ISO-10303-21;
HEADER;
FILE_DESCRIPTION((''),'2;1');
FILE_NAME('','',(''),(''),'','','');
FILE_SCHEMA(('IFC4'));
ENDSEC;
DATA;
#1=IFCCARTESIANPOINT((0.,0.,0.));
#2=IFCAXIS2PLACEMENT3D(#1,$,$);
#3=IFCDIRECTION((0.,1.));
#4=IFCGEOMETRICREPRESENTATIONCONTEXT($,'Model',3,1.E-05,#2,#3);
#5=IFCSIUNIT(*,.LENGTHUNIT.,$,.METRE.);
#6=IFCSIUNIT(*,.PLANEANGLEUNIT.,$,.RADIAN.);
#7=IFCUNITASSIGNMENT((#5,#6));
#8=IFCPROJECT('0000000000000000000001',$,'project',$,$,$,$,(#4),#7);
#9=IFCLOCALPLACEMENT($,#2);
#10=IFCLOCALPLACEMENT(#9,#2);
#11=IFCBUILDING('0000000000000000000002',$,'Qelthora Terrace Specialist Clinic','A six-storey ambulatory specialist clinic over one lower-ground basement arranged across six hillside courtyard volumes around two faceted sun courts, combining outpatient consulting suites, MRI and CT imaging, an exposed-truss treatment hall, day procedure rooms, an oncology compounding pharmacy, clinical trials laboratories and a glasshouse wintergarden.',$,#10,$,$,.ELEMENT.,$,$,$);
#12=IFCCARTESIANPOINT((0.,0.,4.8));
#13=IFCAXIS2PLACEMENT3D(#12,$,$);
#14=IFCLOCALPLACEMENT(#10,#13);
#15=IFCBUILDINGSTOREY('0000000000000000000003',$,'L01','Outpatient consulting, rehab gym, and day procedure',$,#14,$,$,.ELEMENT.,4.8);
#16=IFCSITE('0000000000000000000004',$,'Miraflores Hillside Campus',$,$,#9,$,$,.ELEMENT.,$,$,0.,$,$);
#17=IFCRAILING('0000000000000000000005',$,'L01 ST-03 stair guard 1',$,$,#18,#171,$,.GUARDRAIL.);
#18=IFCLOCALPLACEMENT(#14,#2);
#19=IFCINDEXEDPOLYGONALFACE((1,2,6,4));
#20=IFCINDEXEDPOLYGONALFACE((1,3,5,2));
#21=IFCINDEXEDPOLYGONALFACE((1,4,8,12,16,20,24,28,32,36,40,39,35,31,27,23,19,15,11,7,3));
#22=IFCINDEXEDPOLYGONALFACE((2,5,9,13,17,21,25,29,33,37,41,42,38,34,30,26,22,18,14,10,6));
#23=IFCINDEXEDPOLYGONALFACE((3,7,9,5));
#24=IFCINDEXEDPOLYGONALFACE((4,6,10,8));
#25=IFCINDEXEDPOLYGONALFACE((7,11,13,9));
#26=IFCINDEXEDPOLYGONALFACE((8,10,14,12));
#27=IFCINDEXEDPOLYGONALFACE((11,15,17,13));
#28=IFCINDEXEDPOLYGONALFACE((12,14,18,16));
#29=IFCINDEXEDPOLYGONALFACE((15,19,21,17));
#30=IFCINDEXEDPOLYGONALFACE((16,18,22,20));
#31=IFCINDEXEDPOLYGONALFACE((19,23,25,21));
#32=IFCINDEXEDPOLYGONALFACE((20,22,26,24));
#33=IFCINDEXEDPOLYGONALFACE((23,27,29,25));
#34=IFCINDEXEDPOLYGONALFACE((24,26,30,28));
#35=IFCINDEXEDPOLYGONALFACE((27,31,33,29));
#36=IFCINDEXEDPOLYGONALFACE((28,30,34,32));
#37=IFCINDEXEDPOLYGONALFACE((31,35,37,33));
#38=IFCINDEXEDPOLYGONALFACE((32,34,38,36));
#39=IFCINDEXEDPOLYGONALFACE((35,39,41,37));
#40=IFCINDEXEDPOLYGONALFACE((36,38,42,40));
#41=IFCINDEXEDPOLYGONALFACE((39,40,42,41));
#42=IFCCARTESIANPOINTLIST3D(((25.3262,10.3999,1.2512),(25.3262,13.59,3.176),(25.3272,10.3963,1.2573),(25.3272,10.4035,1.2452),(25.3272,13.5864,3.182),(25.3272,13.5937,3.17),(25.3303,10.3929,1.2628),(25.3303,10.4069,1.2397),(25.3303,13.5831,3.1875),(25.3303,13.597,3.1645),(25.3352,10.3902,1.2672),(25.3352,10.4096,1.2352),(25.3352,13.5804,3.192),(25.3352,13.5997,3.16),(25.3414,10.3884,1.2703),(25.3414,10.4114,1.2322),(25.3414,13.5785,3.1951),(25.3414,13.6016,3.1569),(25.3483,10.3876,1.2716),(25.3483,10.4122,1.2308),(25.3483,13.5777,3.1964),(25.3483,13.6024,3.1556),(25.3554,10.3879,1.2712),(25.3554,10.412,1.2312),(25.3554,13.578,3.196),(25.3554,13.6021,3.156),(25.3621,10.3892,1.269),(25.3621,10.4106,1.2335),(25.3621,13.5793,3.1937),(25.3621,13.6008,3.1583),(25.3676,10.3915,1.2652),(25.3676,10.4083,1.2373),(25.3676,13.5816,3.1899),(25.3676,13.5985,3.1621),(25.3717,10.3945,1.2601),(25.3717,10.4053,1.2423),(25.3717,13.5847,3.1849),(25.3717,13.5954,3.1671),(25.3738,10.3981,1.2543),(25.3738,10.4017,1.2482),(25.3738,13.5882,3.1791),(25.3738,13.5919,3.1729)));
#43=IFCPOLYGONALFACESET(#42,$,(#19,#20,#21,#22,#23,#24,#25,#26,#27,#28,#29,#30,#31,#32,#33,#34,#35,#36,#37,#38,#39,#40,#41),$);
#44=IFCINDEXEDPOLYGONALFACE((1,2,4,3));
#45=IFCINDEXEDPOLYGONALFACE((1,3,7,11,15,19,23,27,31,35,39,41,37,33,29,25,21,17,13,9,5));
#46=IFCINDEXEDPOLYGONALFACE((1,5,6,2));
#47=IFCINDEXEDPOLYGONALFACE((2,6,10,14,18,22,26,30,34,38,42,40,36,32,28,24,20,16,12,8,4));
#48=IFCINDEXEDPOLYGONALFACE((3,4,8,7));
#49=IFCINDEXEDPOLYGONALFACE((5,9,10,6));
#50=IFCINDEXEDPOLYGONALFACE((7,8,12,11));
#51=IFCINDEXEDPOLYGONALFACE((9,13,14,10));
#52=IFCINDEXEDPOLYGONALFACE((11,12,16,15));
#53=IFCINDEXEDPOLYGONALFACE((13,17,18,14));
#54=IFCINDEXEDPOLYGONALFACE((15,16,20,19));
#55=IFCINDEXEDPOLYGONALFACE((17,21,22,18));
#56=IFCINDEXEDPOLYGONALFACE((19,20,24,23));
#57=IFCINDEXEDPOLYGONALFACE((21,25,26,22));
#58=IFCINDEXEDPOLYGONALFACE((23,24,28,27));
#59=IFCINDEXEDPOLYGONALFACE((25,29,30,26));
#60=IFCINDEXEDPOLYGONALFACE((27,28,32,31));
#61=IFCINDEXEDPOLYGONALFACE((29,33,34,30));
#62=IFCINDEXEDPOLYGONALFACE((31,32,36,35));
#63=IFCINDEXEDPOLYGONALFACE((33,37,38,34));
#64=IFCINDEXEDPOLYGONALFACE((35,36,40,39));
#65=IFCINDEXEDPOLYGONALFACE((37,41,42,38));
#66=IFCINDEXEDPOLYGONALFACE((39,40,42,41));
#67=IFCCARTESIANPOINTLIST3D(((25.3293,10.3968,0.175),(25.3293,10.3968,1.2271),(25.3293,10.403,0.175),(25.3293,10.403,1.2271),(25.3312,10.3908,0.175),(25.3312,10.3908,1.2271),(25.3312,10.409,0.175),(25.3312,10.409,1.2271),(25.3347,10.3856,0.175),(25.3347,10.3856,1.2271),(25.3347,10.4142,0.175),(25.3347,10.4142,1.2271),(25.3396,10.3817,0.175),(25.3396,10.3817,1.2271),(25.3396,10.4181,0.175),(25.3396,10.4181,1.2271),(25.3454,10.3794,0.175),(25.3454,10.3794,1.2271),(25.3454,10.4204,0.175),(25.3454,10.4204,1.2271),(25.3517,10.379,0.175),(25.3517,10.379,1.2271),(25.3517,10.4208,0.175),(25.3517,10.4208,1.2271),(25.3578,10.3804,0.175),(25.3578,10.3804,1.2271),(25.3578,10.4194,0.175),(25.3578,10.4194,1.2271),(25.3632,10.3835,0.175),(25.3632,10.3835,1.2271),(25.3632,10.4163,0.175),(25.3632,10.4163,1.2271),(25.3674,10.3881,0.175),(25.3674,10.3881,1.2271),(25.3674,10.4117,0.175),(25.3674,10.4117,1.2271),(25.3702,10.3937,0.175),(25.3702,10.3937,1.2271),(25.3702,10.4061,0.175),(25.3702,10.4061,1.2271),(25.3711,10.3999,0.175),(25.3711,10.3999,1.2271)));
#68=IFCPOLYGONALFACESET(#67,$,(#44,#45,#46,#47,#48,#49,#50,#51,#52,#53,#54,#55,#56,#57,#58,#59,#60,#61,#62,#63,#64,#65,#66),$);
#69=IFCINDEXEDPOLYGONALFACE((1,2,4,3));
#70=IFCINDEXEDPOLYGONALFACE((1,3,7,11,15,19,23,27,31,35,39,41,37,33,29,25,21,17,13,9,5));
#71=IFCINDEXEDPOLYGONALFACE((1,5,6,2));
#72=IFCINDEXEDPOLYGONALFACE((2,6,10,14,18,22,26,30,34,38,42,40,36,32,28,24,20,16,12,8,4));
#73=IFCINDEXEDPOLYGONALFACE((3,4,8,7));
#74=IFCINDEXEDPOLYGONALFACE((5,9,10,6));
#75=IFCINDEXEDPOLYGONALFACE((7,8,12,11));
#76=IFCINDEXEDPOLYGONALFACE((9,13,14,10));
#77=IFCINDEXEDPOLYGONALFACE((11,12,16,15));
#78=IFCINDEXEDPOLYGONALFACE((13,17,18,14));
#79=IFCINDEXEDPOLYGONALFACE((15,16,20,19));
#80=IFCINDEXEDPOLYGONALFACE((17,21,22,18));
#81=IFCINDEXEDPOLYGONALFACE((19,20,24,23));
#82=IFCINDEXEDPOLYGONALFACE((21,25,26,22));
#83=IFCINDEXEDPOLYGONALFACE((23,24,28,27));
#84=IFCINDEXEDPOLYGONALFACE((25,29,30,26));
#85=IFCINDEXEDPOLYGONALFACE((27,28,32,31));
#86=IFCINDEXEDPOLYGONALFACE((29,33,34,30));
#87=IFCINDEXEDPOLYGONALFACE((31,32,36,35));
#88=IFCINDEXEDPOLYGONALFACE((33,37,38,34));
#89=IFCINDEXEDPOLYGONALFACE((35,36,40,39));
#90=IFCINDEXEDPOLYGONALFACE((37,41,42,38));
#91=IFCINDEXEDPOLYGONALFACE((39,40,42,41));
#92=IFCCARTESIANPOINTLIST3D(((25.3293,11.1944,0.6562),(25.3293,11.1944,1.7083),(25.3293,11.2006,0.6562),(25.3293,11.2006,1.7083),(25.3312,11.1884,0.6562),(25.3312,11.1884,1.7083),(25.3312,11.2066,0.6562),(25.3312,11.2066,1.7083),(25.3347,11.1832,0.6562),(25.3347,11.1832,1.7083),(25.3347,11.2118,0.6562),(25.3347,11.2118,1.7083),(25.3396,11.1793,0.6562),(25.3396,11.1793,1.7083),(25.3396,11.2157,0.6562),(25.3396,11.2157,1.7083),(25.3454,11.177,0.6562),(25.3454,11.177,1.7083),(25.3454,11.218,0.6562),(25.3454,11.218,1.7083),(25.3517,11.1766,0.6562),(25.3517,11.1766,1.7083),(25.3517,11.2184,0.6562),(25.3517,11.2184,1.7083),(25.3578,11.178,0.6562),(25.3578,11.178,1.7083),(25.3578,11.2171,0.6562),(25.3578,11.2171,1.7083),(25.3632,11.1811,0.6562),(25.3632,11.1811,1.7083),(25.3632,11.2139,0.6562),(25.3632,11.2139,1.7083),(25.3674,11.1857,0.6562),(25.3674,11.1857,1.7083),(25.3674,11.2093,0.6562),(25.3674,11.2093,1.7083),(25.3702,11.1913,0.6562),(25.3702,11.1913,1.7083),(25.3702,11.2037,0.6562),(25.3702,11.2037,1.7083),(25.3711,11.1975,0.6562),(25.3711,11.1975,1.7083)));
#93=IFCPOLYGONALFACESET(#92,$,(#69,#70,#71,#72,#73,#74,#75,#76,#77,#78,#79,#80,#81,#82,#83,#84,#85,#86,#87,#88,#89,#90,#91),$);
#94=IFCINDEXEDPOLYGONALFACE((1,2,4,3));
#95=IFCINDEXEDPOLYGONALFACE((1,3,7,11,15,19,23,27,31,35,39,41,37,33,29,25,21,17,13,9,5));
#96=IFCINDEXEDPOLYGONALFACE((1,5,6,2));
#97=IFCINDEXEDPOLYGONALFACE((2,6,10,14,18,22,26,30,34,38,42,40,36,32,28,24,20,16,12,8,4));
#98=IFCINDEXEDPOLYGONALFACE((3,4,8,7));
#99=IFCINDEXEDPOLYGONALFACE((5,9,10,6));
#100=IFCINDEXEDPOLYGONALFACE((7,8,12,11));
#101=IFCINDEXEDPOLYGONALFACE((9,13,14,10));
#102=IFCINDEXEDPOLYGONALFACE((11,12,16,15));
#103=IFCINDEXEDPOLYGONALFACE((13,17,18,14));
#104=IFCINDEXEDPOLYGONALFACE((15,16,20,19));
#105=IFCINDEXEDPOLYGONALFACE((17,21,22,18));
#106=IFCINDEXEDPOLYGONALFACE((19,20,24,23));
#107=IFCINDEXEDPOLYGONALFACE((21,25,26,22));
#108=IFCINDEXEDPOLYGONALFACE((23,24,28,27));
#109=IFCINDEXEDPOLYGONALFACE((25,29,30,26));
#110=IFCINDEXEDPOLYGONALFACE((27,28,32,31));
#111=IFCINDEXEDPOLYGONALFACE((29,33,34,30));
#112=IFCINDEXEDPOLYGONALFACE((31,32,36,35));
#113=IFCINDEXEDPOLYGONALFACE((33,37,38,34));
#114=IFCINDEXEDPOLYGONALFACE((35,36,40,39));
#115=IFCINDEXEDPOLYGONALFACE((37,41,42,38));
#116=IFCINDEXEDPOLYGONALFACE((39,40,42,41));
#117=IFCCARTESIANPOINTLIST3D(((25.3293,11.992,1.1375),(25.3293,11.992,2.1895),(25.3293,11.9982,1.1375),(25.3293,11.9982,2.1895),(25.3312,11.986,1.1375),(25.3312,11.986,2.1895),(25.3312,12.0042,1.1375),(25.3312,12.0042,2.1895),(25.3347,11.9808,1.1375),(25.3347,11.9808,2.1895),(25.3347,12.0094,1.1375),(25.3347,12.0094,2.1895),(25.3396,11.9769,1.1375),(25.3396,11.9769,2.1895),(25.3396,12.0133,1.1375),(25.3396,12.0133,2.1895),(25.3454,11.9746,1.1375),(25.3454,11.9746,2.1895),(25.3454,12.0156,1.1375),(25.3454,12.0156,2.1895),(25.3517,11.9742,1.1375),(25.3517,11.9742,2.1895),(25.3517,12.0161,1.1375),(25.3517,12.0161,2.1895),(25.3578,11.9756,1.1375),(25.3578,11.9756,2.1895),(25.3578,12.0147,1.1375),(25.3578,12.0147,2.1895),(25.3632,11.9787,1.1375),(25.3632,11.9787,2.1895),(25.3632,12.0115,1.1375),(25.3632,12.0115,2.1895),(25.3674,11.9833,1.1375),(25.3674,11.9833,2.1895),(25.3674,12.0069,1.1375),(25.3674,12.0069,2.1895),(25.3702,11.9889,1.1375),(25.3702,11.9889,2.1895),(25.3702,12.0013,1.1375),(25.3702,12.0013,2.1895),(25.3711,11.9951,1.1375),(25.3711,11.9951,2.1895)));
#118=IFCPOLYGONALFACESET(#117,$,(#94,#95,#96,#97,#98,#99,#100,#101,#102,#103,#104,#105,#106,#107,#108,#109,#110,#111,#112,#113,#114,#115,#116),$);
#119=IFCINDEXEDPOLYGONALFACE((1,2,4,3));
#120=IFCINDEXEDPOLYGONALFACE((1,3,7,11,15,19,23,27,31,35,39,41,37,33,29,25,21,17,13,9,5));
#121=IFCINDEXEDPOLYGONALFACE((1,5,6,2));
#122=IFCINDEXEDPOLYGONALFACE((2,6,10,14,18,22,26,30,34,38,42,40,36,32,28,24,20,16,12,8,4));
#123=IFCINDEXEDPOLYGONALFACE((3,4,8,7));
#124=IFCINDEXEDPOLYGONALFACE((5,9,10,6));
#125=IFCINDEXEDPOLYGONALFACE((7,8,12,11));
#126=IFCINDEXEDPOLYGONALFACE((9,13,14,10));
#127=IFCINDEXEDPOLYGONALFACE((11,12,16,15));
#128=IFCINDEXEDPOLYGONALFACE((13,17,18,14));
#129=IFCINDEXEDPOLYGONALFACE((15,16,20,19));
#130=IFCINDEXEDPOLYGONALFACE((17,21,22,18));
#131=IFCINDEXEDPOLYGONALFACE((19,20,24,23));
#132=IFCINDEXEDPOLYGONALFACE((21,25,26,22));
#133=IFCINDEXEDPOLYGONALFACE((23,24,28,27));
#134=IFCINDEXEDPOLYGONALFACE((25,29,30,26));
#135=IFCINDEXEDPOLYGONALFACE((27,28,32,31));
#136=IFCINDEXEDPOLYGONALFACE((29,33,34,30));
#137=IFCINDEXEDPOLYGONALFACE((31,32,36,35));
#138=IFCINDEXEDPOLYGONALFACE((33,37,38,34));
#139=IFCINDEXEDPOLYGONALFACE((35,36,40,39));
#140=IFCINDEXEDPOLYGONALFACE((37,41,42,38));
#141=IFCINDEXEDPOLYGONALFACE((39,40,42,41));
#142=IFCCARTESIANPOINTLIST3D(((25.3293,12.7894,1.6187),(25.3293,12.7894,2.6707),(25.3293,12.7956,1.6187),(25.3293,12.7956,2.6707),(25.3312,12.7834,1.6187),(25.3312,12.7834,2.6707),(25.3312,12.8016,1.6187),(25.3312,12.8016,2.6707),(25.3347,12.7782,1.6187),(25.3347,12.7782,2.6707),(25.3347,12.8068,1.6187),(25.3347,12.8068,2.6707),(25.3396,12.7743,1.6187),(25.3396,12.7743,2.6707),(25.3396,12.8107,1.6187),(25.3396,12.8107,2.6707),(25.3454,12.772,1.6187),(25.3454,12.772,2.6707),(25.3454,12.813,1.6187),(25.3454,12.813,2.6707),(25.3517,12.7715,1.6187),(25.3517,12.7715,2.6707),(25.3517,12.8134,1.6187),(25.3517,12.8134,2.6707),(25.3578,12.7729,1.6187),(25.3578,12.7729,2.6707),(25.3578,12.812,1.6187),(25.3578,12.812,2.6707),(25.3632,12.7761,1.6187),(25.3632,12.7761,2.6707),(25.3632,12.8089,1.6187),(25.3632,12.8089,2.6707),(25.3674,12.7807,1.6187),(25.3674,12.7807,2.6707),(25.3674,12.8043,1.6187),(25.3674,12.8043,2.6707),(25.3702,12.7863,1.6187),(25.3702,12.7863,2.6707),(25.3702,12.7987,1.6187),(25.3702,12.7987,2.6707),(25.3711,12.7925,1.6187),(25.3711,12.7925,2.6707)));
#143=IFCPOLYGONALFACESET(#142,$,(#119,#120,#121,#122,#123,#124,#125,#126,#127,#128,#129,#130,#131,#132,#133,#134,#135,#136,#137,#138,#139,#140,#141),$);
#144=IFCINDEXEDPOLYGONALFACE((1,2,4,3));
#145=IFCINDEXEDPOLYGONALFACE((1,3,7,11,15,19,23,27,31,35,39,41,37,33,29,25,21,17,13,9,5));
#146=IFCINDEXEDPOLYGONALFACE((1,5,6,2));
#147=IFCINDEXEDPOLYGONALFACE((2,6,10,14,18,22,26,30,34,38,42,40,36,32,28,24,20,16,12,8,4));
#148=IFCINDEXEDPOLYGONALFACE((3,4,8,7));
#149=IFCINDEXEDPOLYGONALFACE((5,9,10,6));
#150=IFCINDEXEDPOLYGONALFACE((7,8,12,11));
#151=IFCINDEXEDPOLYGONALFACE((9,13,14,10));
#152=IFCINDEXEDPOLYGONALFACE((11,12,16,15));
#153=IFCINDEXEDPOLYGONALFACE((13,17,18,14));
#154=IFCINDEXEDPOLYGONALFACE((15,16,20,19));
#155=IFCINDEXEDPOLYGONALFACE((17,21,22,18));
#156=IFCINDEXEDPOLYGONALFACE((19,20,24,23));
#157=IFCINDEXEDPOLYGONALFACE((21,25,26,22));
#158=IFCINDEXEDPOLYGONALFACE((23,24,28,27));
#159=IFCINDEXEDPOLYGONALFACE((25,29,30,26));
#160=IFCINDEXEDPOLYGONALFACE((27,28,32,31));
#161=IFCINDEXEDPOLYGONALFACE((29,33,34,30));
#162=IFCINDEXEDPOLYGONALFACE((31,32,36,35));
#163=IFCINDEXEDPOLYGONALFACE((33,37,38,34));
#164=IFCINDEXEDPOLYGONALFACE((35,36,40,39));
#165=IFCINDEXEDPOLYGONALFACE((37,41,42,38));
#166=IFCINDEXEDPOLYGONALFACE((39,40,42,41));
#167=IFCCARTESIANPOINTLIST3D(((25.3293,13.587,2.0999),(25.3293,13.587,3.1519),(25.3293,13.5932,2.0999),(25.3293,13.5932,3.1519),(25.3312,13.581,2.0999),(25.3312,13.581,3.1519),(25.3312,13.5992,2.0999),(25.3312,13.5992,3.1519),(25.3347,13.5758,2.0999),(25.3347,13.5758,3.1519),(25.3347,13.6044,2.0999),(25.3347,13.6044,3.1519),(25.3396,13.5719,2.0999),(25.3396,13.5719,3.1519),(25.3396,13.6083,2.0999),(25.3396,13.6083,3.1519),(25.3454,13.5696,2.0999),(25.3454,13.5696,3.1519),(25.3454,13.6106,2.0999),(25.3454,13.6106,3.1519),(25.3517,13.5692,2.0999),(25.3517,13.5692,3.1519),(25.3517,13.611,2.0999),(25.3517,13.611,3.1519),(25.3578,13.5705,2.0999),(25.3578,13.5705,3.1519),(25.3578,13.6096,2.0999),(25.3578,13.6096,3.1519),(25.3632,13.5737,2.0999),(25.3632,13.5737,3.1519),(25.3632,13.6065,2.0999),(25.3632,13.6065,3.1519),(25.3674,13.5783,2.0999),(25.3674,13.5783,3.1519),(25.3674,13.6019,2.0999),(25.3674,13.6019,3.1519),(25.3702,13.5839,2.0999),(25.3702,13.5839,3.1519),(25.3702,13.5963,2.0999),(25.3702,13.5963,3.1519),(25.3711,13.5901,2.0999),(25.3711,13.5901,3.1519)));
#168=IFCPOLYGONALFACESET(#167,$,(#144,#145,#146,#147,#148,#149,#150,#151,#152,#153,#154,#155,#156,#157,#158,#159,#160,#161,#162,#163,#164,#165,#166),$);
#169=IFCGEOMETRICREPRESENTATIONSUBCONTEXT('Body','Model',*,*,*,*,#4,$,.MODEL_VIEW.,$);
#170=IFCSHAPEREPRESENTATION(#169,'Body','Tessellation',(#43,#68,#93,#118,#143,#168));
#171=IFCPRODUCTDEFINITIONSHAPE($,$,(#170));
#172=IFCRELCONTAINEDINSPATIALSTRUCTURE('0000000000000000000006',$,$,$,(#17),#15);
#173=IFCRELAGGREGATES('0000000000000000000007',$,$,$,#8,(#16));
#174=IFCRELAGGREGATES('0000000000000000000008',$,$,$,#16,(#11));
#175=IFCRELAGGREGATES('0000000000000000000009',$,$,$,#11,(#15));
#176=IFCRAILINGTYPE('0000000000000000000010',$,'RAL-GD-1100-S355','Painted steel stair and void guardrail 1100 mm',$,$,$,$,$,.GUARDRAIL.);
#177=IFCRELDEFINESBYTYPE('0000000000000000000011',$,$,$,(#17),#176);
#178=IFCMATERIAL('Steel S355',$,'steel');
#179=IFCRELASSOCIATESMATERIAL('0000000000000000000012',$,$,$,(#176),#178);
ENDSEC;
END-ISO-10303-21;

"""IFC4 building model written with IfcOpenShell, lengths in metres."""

from ifc_helpers import new_model, si_unit, direction, frame, origin, origin_2d, place, context, subcontext, project, spatial, circle, extrude, material, type_object, element, save


model = new_model("IFC4")

# Units and contexts
model_context = context("Model", 3, precision=1e-05, world=origin(), true_north=direction((0.0, 1.0)))
body_context = subcontext(model_context, "Body", "Model", "MODEL_VIEW")
ifc_project = project(units=[si_unit("LENGTHUNIT", "METRE"), si_unit("PLANEANGLEUNIT", "RADIAN")], contexts=[model_context])

# Site, building, storey
site_placement = place(None, origin())
site = spatial("IfcSite", under=ifc_project, at=site_placement, Name="Miraflores Hillside Campus", CompositionType="ELEMENT", RefElevation=0.0)
building_placement = place(site_placement, origin())
building = spatial("IfcBuilding", under=site, at=building_placement, Name="Qelthora Terrace Specialist Clinic", Description="A six-storey ambulatory specialist clinic over one lower-ground basement arranged across six hillside courtyard volumes around two faceted sun courts, combining outpatient consulting suites, MRI and CT imaging, an exposed-truss treatment hall, day procedure rooms, an oncology compounding pharmacy, clinical trials laboratories and a glasshouse wintergarden.", CompositionType="ELEMENT")
storey_placement = place(building_placement, frame((0.0, 0.0, 4.8)))
storey = spatial("IfcBuildingStorey", under=building, at=storey_placement, Name="L01", Description="Outpatient consulting, rehab gym, and day procedure", CompositionType="ELEMENT", Elevation=4.8)

# Shared definitions
ifc_material_1 = material(Name="Steel S355", Category="steel")

# Railing
railing_type_1 = type_object("IfcRailingType", Name="RAL-GD-1100-S355", Description="Painted steel stair and void guardrail 1100 mm", PredefinedType="GUARDRAIL", material=ifc_material_1)
railing_1_placement = place(storey_placement, frame((25.3501, 10.3999, 0.175)))
element("IfcRailing", 1, at=railing_1_placement, inside=storey, type_object=railing_type_1, Name="L01 ST-03 stair guard 1", PredefinedType="GUARDRAIL", context=body_context, shape_type="SweptSolid", body=[
    extrude(circle(Radius=0.0239, at=origin_2d()), frame((0.0, 0.0, 1.0762), z_axis=(0.0, 0.856224, 0.516605), x_axis=(-1.0, 0.0, 0.0)), (0.0, 0.0, 1.0), 3.7258),
    extrude(circle(Radius=0.021, at=origin_2d()), origin(), (0.0, 0.0, 1.0), 1.052),
    extrude(circle(Radius=0.021, at=origin_2d()), frame((0.0, 0.7976, 0.4812)), (0.0, 0.0, 1.0), 1.052),
    extrude(circle(Radius=0.021, at=origin_2d()), frame((0.0, 1.5952, 0.9624)), (0.0, 0.0, 1.0), 1.052),
    extrude(circle(Radius=0.021, at=origin_2d()), frame((0.0, 2.3926, 1.4436)), (0.0, 0.0, 1.0), 1.052),
    extrude(circle(Radius=0.021, at=origin_2d()), frame((0.0, 3.1902, 1.9248)), (0.0, 0.0, 1.0), 1.052),
])

save(model, "model.ifc")
